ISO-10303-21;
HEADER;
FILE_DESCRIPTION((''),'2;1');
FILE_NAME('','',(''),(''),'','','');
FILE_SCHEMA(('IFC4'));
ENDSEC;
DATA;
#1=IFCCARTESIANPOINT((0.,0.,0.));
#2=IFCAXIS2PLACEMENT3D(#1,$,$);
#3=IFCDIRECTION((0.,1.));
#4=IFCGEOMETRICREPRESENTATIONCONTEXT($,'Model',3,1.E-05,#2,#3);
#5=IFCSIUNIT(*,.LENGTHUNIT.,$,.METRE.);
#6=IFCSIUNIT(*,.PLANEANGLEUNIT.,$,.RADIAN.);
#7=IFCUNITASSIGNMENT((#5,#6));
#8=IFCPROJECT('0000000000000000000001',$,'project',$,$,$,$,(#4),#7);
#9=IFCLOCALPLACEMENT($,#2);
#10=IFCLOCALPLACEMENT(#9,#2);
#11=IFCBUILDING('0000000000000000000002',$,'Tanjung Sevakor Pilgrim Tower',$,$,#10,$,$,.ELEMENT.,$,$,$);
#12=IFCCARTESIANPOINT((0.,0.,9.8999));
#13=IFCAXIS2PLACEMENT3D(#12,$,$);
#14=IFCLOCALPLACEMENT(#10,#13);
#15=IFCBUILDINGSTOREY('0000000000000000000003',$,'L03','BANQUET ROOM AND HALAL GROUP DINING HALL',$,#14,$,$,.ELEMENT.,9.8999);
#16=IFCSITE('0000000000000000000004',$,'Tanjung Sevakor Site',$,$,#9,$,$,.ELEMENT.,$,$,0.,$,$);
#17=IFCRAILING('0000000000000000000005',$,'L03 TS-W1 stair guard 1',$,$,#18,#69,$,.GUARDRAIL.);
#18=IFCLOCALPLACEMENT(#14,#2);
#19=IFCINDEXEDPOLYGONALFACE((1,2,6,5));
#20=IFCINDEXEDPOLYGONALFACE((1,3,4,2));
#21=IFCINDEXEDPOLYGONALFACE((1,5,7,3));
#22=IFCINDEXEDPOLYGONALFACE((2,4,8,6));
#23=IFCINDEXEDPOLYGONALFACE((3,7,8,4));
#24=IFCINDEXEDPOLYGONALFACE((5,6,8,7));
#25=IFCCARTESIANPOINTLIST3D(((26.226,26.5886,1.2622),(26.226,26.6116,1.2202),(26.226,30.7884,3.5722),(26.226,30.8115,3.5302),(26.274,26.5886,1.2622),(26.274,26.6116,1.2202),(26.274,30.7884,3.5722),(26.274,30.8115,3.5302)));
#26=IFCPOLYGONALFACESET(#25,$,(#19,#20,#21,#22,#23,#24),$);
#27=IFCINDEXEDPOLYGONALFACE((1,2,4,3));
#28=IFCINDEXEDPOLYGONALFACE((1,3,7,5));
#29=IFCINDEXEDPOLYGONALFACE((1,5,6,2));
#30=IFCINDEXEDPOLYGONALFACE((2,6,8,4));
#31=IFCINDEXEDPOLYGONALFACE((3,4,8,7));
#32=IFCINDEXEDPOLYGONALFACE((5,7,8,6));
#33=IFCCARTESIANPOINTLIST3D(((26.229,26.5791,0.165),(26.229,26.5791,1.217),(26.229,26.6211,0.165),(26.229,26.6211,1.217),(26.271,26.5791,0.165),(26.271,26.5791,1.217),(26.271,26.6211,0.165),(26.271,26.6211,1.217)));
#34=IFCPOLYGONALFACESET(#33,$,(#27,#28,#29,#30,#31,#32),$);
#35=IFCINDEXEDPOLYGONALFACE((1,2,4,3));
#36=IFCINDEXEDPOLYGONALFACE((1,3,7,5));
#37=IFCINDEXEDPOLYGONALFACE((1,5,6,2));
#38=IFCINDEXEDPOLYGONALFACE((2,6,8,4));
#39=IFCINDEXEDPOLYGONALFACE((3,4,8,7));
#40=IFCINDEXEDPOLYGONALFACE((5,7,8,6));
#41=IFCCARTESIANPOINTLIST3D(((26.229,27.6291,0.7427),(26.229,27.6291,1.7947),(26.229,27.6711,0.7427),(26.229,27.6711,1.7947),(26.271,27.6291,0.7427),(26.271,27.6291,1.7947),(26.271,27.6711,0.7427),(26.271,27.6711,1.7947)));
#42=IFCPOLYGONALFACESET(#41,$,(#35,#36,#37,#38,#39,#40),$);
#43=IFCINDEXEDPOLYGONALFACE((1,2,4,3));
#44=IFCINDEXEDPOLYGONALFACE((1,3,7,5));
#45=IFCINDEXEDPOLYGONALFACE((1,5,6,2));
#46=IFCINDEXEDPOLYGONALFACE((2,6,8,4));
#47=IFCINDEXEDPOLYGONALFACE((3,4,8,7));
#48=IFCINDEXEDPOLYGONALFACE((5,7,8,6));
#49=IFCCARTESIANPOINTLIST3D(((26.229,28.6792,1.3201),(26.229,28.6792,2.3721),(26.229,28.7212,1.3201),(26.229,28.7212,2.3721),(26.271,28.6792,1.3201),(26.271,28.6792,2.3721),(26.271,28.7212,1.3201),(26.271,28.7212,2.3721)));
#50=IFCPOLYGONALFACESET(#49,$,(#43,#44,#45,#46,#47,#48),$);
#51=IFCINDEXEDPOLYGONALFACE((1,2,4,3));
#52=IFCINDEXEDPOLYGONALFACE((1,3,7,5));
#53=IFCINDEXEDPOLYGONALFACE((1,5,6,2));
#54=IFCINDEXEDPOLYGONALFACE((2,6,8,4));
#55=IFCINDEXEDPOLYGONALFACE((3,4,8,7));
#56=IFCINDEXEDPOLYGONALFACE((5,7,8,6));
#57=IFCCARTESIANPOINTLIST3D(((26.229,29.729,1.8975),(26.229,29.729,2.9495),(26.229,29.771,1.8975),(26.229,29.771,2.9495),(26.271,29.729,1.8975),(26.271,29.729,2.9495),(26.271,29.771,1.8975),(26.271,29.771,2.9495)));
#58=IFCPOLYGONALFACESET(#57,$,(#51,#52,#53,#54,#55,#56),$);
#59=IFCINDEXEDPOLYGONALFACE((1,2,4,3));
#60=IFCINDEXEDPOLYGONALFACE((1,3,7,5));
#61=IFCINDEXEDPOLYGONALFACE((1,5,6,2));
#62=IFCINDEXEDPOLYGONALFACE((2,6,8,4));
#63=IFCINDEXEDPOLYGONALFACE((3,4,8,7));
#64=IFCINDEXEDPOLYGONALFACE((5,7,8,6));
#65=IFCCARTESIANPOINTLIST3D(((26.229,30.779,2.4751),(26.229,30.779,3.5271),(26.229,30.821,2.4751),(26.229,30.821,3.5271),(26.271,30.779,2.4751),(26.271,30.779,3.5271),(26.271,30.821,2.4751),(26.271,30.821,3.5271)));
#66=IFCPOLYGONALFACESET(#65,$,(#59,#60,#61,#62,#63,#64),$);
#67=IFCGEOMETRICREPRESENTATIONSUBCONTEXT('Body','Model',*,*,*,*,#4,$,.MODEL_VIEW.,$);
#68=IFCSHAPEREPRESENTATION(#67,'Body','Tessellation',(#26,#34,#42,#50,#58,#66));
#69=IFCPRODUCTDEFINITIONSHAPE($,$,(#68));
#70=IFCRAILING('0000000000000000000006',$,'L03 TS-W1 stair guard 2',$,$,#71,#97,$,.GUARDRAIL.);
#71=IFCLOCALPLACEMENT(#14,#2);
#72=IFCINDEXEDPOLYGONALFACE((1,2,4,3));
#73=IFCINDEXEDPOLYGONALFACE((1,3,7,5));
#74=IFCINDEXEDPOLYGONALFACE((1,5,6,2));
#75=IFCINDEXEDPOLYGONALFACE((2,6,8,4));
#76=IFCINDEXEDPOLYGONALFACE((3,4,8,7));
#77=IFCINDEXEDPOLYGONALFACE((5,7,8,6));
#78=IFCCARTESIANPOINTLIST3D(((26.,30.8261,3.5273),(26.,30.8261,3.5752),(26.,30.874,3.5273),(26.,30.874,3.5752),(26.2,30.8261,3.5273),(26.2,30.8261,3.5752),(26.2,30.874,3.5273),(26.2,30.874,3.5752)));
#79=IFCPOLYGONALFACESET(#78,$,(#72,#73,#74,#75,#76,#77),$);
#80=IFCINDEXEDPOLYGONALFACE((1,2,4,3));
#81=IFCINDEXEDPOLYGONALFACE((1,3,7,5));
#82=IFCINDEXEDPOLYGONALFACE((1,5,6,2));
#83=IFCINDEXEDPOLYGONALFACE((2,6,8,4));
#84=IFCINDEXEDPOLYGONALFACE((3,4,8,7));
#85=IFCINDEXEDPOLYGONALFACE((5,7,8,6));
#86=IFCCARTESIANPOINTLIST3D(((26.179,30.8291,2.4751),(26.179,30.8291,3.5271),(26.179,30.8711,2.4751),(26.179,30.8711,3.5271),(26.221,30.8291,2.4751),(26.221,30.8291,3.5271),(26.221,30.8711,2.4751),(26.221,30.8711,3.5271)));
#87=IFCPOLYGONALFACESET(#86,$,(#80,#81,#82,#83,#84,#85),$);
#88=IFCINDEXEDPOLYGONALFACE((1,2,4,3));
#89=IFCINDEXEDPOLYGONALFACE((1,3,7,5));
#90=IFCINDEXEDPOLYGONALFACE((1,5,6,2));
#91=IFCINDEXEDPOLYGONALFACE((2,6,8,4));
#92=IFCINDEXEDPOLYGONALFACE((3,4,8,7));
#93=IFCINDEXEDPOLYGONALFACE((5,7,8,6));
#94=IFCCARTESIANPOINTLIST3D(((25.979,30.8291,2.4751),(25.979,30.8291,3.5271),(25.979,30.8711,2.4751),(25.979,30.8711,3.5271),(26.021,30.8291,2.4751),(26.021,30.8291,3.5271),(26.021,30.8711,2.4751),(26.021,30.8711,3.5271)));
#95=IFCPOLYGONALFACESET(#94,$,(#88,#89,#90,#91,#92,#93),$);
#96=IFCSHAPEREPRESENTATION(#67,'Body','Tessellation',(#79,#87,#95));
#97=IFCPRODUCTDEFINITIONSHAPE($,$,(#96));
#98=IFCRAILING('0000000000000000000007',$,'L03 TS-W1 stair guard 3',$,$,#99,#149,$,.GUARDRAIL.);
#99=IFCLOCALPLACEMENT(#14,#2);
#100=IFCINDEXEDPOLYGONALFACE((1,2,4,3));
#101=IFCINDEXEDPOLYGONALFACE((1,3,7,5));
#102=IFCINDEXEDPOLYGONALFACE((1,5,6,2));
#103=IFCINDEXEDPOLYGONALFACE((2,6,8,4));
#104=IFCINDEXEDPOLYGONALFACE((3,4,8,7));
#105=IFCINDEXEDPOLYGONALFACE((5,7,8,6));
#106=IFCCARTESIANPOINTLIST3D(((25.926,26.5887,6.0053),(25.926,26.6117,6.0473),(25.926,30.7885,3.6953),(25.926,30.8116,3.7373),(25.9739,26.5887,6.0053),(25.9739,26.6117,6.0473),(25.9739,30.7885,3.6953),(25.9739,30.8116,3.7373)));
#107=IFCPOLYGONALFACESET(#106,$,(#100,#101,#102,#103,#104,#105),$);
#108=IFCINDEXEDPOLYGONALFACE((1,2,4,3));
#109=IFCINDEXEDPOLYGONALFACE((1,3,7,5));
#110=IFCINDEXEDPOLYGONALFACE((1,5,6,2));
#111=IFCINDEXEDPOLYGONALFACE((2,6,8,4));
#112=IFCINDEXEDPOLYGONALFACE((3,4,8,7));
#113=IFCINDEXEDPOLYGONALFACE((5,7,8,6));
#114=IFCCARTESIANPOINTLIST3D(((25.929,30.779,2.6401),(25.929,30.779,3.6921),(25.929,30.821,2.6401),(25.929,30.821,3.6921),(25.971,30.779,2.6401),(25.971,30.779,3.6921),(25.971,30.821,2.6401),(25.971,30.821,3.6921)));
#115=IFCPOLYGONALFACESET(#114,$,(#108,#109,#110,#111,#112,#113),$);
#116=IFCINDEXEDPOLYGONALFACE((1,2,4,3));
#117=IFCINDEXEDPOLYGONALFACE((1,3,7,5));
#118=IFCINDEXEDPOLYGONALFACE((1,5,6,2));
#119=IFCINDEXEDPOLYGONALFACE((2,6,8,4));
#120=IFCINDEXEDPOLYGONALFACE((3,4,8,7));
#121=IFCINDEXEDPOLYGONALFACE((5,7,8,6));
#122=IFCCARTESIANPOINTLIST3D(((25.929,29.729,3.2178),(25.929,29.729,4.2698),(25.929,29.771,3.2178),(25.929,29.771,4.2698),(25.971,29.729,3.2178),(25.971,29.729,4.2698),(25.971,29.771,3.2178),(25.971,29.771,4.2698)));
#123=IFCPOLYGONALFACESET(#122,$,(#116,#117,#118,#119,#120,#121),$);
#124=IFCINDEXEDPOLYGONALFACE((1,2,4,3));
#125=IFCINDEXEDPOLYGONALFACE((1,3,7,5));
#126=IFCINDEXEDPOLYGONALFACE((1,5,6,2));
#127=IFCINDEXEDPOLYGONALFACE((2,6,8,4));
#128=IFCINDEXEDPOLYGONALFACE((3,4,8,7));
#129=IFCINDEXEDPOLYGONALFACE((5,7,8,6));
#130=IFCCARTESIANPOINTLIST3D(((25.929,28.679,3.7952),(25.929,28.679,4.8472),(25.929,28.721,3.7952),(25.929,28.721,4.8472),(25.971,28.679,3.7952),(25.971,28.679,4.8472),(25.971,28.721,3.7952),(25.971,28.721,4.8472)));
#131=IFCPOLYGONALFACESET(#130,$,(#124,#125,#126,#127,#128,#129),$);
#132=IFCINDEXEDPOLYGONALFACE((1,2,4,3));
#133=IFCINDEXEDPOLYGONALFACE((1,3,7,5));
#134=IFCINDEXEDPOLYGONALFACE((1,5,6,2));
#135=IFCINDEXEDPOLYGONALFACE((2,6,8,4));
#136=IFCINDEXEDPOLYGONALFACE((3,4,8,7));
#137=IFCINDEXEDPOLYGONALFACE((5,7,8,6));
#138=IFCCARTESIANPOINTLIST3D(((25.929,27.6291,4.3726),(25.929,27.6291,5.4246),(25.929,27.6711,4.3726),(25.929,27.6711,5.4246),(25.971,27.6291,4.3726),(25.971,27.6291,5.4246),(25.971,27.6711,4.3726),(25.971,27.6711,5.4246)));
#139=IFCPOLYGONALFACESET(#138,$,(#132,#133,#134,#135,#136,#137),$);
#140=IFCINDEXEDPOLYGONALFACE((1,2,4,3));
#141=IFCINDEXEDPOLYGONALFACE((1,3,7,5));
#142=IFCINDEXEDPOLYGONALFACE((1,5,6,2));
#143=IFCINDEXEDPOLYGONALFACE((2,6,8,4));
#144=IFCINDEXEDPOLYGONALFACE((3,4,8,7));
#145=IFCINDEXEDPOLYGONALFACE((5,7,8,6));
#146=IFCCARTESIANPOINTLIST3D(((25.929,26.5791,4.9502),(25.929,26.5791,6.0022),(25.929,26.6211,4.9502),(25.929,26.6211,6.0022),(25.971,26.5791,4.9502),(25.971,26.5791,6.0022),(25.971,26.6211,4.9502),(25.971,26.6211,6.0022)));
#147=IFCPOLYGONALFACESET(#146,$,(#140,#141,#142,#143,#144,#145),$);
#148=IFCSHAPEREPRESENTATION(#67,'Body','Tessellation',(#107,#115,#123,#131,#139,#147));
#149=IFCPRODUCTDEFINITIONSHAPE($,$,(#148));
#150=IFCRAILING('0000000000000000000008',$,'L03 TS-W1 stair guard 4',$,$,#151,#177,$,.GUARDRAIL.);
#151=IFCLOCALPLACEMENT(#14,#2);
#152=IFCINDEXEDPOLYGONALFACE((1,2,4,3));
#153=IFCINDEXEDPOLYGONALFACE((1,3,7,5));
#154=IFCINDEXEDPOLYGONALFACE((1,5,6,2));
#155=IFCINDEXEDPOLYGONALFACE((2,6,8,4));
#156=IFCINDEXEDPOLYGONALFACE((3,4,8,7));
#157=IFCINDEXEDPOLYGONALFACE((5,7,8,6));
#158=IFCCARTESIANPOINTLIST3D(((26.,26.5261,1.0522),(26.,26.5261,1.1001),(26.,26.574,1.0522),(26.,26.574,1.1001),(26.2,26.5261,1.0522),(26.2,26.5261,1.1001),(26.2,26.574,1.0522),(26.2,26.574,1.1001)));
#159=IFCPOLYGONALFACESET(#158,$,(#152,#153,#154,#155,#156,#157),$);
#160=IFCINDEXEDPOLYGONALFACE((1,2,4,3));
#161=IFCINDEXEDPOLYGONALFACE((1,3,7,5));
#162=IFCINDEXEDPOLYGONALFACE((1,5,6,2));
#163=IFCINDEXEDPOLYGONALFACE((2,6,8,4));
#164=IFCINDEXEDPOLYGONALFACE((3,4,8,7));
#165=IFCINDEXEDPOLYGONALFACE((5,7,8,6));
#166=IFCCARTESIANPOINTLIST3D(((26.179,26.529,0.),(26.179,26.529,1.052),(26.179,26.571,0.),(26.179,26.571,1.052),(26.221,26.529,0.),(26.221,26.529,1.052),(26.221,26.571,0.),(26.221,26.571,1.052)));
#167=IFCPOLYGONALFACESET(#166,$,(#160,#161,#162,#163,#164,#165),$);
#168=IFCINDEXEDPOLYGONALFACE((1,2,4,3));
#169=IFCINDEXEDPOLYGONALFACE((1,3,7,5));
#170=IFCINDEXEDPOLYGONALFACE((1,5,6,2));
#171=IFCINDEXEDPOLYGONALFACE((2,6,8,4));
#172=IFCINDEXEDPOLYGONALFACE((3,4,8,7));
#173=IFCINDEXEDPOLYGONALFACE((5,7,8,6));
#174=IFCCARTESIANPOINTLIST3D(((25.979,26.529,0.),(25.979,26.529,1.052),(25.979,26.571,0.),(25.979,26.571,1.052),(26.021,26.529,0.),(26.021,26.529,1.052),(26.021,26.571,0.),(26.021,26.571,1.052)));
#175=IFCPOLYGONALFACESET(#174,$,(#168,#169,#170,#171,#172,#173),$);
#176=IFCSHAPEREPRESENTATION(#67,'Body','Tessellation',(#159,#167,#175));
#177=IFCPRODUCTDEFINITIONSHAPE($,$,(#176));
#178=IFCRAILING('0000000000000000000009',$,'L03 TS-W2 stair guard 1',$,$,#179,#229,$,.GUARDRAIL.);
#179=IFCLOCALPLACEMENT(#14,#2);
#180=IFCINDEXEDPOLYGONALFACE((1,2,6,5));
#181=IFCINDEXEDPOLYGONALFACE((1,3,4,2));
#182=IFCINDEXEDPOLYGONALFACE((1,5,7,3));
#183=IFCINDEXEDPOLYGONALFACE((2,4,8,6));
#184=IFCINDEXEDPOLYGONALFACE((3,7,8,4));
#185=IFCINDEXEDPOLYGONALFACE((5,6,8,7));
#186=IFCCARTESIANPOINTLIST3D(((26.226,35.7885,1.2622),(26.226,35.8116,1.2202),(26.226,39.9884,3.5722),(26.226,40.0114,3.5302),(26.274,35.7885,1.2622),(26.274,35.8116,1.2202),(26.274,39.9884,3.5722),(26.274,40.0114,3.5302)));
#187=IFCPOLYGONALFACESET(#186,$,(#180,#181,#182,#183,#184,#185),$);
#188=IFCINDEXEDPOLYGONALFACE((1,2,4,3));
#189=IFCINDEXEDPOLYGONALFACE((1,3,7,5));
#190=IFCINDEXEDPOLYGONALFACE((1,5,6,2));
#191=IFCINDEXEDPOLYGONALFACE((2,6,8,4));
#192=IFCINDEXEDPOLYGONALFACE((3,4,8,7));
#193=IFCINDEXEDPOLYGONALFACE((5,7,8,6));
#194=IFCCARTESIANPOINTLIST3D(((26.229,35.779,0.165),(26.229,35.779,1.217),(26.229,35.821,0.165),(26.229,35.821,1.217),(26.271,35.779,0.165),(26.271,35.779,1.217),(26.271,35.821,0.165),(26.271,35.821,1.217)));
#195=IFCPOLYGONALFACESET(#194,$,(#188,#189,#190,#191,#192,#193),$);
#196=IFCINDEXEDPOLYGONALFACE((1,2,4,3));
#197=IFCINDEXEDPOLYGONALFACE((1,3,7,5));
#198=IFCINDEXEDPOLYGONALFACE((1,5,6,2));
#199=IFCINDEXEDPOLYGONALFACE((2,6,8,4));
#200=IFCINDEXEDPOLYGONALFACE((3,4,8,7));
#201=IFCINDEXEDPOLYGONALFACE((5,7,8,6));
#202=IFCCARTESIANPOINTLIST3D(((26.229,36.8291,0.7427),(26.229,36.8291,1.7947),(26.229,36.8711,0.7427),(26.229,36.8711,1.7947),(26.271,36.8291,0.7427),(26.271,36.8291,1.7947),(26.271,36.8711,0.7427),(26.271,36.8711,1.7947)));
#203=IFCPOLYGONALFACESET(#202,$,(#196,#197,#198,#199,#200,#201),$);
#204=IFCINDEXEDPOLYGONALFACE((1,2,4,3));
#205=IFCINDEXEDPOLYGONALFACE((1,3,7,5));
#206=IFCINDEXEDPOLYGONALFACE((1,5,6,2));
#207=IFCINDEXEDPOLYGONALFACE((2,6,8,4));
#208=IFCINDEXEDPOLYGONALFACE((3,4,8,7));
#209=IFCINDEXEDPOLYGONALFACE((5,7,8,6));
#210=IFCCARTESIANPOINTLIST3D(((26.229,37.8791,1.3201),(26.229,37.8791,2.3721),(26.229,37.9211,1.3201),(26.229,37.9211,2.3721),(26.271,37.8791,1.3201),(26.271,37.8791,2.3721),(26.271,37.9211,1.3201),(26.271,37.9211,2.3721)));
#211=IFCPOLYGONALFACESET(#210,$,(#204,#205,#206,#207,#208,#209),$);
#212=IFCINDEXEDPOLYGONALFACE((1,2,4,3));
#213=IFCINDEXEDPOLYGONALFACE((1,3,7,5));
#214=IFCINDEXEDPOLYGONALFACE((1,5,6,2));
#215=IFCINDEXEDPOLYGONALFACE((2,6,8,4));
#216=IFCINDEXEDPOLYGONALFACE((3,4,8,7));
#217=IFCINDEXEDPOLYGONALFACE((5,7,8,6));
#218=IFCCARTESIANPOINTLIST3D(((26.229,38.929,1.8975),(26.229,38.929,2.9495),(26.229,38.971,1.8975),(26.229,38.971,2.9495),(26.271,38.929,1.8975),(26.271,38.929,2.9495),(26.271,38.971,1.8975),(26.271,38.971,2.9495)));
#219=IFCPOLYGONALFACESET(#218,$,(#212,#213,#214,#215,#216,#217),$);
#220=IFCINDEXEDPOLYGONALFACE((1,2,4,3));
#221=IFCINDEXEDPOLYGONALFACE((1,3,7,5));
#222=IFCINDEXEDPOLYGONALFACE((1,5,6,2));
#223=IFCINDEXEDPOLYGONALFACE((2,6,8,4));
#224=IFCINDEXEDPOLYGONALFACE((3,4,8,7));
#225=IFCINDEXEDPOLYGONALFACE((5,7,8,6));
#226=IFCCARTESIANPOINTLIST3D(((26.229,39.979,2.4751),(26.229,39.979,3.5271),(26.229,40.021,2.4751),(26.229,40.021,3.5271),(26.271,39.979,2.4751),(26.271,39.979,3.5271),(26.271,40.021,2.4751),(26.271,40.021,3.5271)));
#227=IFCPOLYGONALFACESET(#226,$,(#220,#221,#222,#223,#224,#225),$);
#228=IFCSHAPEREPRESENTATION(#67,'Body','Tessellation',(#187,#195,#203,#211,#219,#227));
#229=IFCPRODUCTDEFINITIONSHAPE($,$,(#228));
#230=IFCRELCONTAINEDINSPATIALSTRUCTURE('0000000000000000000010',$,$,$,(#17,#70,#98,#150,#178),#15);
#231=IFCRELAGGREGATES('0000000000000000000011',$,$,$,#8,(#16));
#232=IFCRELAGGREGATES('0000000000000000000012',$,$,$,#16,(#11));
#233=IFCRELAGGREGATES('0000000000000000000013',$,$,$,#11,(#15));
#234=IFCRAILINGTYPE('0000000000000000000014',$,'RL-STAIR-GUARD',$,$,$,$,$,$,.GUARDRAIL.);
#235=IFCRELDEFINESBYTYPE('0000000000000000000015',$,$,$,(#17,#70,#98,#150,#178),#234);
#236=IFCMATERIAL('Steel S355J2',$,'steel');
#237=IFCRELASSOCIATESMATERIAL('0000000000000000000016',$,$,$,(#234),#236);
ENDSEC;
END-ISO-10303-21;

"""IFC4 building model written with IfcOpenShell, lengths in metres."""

from ifc_helpers import new_model, si_unit, direction, frame, origin, place, context, subcontext, project, spatial, rectangle, extrude, material, type_object, element, save


model = new_model("IFC4")

# Units and contexts
model_context = context("Model", 3, precision=1e-05, world=origin(), true_north=direction((0.0, 1.0)))
body_context = subcontext(model_context, "Body", "Model", "MODEL_VIEW")
ifc_project = project(units=[si_unit("LENGTHUNIT", "METRE"), si_unit("PLANEANGLEUNIT", "RADIAN")], contexts=[model_context])

# Site, building, storey
site_placement = place(None, origin())
site = spatial("IfcSite", under=ifc_project, at=site_placement, Name="Tanjung Sevakor Site", CompositionType="ELEMENT", RefElevation=0.0)
building_placement = place(site_placement, origin())
building = spatial("IfcBuilding", under=site, at=building_placement, Name="Tanjung Sevakor Pilgrim Tower", CompositionType="ELEMENT")
storey_placement = place(building_placement, frame((0.0, 0.0, 9.8999)))
storey = spatial("IfcBuildingStorey", under=building, at=storey_placement, Name="L03", Description="BANQUET ROOM AND HALAL GROUP DINING HALL", CompositionType="ELEMENT", Elevation=9.8999)

# Railings
ifc_material_1 = material(Name="Steel S355J2", Category="steel")
railing_type_1 = type_object("IfcRailingType", Name="RL-STAIR-GUARD", PredefinedType="GUARDRAIL", material=ifc_material_1)
railing_1_placement = place(storey_placement, frame((26.25, 26.6001, 0.165)))
element("IfcRailing", 1, at=railing_1_placement, inside=storey, type_object=railing_type_1, Name="L03 TS-W1 stair guard 1", PredefinedType="GUARDRAIL", context=body_context, shape_type="SweptSolid", body=[
    extrude(rectangle(XDim=0.0479, YDim=0.0479), frame((0.0, 0.0, 1.0762), z_axis=(0.0, 0.876208, 0.481932), x_axis=(-1.0, 0.0, 0.0)), (0.0, 0.0, 1.0), 4.7932),
    extrude(rectangle(XDim=0.042, YDim=0.042), origin(), (0.0, 0.0, 1.0), 1.052),
    extrude(rectangle(XDim=0.042, YDim=0.042), frame((0.0, 1.05, 0.5776)), (0.0, 0.0, 1.0), 1.052),
    extrude(rectangle(XDim=0.042, YDim=0.042), frame((0.0, 2.1001, 1.155)), (0.0, 0.0, 1.0), 1.052),
    extrude(rectangle(XDim=0.042, YDim=0.042), frame((0.0, 3.1499, 1.7324)), (0.0, 0.0, 1.0), 1.052),
    extrude(rectangle(XDim=0.042, YDim=0.042), frame((0.0, 4.2, 2.3101)), (0.0, 0.0, 1.0), 1.052),
])
railing_2_placement = place(storey_placement, frame((26.2, 30.8501, 2.4751)))
element("IfcRailing", 2, at=railing_2_placement, inside=storey, type_object=railing_type_1, Name="L03 TS-W1 stair guard 2", PredefinedType="GUARDRAIL", context=body_context, shape_type="SweptSolid", body=[
    extrude(rectangle(XDim=0.0479, YDim=0.0479), frame((0.0, 0.0, 1.0762), z_axis=(-1.0, 0.0, 0.0), x_axis=(0.0, -1.0, 0.0)), (0.0, 0.0, 1.0), 0.2),
    extrude(rectangle(XDim=0.042, YDim=0.042), origin(), (0.0, 0.0, 1.0), 1.052),
    extrude(rectangle(XDim=0.042, YDim=0.042), frame((-0.2, 0.0, 0.0)), (0.0, 0.0, 1.0), 1.052),
])
railing_3_placement = place(storey_placement, frame((25.95, 30.8, 2.6401)))
element("IfcRailing", 3, at=railing_3_placement, inside=storey, type_object=railing_type_1, Name="L03 TS-W1 stair guard 3", PredefinedType="GUARDRAIL", context=body_context, shape_type="SweptSolid", body=[
    extrude(rectangle(XDim=0.0479, YDim=0.0479), frame((0.0, 0.0, 1.0762), z_axis=(0.0, -0.876208, 0.481932), x_axis=(1.0, 0.0, 0.0)), (0.0, 0.0, 1.0), 4.7932),
    extrude(rectangle(XDim=0.042, YDim=0.042), origin(), (0.0, 0.0, 1.0), 1.052),
    extrude(rectangle(XDim=0.042, YDim=0.042), frame((0.0, -1.05, 0.5776)), (0.0, 0.0, 1.0), 1.052),
    extrude(rectangle(XDim=0.042, YDim=0.042), frame((0.0, -2.1001, 1.155)), (0.0, 0.0, 1.0), 1.052),
    extrude(rectangle(XDim=0.042, YDim=0.042), frame((0.0, -3.1499, 1.7324)), (0.0, 0.0, 1.0), 1.052),
    extrude(rectangle(XDim=0.042, YDim=0.042), frame((0.0, -4.2, 2.3101)), (0.0, 0.0, 1.0), 1.052),
])
railing_4_placement = place(storey_placement, frame((26.2, 26.55, 0.0)))
element("IfcRailing", 4, at=railing_4_placement, inside=storey, type_object=railing_type_1, Name="L03 TS-W1 stair guard 4", PredefinedType="GUARDRAIL", context=body_context, shape_type="SweptSolid", body=[
    extrude(rectangle(XDim=0.0479, YDim=0.0479), frame((0.0, 0.0, 1.0762), z_axis=(-1.0, 0.0, 0.0), x_axis=(0.0, -1.0, 0.0)), (0.0, 0.0, 1.0), 0.2),
    extrude(rectangle(XDim=0.042, YDim=0.042), origin(), (0.0, 0.0, 1.0), 1.052),
    extrude(rectangle(XDim=0.042, YDim=0.042), frame((-0.2, 0.0, 0.0)), (0.0, 0.0, 1.0), 1.052),
])
railing_5_placement = place(storey_placement, frame((26.25, 35.8, 0.165)))
element("IfcRailing", 5, at=railing_5_placement, inside=storey, type_object=railing_type_1, Name="L03 TS-W2 stair guard 1", PredefinedType="GUARDRAIL", context=body_context, shape_type="SweptSolid", body=[
    extrude(rectangle(XDim=0.0479, YDim=0.0479), frame((0.0, 0.0, 1.0762), z_axis=(0.0, 0.876208, 0.481932), x_axis=(-1.0, 0.0, 0.0)), (0.0, 0.0, 1.0), 4.7932),
    extrude(rectangle(XDim=0.042, YDim=0.042), origin(), (0.0, 0.0, 1.0), 1.052),
    extrude(rectangle(XDim=0.042, YDim=0.042), frame((0.0, 1.05, 0.5776)), (0.0, 0.0, 1.0), 1.052),
    extrude(rectangle(XDim=0.042, YDim=0.042), frame((0.0, 2.1001, 1.155)), (0.0, 0.0, 1.0), 1.052),
    extrude(rectangle(XDim=0.042, YDim=0.042), frame((0.0, 3.1499, 1.7324)), (0.0, 0.0, 1.0), 1.052),
    extrude(rectangle(XDim=0.042, YDim=0.042), frame((0.0, 4.2, 2.3101)), (0.0, 0.0, 1.0), 1.052),
])

save(model, "model.ifc")
